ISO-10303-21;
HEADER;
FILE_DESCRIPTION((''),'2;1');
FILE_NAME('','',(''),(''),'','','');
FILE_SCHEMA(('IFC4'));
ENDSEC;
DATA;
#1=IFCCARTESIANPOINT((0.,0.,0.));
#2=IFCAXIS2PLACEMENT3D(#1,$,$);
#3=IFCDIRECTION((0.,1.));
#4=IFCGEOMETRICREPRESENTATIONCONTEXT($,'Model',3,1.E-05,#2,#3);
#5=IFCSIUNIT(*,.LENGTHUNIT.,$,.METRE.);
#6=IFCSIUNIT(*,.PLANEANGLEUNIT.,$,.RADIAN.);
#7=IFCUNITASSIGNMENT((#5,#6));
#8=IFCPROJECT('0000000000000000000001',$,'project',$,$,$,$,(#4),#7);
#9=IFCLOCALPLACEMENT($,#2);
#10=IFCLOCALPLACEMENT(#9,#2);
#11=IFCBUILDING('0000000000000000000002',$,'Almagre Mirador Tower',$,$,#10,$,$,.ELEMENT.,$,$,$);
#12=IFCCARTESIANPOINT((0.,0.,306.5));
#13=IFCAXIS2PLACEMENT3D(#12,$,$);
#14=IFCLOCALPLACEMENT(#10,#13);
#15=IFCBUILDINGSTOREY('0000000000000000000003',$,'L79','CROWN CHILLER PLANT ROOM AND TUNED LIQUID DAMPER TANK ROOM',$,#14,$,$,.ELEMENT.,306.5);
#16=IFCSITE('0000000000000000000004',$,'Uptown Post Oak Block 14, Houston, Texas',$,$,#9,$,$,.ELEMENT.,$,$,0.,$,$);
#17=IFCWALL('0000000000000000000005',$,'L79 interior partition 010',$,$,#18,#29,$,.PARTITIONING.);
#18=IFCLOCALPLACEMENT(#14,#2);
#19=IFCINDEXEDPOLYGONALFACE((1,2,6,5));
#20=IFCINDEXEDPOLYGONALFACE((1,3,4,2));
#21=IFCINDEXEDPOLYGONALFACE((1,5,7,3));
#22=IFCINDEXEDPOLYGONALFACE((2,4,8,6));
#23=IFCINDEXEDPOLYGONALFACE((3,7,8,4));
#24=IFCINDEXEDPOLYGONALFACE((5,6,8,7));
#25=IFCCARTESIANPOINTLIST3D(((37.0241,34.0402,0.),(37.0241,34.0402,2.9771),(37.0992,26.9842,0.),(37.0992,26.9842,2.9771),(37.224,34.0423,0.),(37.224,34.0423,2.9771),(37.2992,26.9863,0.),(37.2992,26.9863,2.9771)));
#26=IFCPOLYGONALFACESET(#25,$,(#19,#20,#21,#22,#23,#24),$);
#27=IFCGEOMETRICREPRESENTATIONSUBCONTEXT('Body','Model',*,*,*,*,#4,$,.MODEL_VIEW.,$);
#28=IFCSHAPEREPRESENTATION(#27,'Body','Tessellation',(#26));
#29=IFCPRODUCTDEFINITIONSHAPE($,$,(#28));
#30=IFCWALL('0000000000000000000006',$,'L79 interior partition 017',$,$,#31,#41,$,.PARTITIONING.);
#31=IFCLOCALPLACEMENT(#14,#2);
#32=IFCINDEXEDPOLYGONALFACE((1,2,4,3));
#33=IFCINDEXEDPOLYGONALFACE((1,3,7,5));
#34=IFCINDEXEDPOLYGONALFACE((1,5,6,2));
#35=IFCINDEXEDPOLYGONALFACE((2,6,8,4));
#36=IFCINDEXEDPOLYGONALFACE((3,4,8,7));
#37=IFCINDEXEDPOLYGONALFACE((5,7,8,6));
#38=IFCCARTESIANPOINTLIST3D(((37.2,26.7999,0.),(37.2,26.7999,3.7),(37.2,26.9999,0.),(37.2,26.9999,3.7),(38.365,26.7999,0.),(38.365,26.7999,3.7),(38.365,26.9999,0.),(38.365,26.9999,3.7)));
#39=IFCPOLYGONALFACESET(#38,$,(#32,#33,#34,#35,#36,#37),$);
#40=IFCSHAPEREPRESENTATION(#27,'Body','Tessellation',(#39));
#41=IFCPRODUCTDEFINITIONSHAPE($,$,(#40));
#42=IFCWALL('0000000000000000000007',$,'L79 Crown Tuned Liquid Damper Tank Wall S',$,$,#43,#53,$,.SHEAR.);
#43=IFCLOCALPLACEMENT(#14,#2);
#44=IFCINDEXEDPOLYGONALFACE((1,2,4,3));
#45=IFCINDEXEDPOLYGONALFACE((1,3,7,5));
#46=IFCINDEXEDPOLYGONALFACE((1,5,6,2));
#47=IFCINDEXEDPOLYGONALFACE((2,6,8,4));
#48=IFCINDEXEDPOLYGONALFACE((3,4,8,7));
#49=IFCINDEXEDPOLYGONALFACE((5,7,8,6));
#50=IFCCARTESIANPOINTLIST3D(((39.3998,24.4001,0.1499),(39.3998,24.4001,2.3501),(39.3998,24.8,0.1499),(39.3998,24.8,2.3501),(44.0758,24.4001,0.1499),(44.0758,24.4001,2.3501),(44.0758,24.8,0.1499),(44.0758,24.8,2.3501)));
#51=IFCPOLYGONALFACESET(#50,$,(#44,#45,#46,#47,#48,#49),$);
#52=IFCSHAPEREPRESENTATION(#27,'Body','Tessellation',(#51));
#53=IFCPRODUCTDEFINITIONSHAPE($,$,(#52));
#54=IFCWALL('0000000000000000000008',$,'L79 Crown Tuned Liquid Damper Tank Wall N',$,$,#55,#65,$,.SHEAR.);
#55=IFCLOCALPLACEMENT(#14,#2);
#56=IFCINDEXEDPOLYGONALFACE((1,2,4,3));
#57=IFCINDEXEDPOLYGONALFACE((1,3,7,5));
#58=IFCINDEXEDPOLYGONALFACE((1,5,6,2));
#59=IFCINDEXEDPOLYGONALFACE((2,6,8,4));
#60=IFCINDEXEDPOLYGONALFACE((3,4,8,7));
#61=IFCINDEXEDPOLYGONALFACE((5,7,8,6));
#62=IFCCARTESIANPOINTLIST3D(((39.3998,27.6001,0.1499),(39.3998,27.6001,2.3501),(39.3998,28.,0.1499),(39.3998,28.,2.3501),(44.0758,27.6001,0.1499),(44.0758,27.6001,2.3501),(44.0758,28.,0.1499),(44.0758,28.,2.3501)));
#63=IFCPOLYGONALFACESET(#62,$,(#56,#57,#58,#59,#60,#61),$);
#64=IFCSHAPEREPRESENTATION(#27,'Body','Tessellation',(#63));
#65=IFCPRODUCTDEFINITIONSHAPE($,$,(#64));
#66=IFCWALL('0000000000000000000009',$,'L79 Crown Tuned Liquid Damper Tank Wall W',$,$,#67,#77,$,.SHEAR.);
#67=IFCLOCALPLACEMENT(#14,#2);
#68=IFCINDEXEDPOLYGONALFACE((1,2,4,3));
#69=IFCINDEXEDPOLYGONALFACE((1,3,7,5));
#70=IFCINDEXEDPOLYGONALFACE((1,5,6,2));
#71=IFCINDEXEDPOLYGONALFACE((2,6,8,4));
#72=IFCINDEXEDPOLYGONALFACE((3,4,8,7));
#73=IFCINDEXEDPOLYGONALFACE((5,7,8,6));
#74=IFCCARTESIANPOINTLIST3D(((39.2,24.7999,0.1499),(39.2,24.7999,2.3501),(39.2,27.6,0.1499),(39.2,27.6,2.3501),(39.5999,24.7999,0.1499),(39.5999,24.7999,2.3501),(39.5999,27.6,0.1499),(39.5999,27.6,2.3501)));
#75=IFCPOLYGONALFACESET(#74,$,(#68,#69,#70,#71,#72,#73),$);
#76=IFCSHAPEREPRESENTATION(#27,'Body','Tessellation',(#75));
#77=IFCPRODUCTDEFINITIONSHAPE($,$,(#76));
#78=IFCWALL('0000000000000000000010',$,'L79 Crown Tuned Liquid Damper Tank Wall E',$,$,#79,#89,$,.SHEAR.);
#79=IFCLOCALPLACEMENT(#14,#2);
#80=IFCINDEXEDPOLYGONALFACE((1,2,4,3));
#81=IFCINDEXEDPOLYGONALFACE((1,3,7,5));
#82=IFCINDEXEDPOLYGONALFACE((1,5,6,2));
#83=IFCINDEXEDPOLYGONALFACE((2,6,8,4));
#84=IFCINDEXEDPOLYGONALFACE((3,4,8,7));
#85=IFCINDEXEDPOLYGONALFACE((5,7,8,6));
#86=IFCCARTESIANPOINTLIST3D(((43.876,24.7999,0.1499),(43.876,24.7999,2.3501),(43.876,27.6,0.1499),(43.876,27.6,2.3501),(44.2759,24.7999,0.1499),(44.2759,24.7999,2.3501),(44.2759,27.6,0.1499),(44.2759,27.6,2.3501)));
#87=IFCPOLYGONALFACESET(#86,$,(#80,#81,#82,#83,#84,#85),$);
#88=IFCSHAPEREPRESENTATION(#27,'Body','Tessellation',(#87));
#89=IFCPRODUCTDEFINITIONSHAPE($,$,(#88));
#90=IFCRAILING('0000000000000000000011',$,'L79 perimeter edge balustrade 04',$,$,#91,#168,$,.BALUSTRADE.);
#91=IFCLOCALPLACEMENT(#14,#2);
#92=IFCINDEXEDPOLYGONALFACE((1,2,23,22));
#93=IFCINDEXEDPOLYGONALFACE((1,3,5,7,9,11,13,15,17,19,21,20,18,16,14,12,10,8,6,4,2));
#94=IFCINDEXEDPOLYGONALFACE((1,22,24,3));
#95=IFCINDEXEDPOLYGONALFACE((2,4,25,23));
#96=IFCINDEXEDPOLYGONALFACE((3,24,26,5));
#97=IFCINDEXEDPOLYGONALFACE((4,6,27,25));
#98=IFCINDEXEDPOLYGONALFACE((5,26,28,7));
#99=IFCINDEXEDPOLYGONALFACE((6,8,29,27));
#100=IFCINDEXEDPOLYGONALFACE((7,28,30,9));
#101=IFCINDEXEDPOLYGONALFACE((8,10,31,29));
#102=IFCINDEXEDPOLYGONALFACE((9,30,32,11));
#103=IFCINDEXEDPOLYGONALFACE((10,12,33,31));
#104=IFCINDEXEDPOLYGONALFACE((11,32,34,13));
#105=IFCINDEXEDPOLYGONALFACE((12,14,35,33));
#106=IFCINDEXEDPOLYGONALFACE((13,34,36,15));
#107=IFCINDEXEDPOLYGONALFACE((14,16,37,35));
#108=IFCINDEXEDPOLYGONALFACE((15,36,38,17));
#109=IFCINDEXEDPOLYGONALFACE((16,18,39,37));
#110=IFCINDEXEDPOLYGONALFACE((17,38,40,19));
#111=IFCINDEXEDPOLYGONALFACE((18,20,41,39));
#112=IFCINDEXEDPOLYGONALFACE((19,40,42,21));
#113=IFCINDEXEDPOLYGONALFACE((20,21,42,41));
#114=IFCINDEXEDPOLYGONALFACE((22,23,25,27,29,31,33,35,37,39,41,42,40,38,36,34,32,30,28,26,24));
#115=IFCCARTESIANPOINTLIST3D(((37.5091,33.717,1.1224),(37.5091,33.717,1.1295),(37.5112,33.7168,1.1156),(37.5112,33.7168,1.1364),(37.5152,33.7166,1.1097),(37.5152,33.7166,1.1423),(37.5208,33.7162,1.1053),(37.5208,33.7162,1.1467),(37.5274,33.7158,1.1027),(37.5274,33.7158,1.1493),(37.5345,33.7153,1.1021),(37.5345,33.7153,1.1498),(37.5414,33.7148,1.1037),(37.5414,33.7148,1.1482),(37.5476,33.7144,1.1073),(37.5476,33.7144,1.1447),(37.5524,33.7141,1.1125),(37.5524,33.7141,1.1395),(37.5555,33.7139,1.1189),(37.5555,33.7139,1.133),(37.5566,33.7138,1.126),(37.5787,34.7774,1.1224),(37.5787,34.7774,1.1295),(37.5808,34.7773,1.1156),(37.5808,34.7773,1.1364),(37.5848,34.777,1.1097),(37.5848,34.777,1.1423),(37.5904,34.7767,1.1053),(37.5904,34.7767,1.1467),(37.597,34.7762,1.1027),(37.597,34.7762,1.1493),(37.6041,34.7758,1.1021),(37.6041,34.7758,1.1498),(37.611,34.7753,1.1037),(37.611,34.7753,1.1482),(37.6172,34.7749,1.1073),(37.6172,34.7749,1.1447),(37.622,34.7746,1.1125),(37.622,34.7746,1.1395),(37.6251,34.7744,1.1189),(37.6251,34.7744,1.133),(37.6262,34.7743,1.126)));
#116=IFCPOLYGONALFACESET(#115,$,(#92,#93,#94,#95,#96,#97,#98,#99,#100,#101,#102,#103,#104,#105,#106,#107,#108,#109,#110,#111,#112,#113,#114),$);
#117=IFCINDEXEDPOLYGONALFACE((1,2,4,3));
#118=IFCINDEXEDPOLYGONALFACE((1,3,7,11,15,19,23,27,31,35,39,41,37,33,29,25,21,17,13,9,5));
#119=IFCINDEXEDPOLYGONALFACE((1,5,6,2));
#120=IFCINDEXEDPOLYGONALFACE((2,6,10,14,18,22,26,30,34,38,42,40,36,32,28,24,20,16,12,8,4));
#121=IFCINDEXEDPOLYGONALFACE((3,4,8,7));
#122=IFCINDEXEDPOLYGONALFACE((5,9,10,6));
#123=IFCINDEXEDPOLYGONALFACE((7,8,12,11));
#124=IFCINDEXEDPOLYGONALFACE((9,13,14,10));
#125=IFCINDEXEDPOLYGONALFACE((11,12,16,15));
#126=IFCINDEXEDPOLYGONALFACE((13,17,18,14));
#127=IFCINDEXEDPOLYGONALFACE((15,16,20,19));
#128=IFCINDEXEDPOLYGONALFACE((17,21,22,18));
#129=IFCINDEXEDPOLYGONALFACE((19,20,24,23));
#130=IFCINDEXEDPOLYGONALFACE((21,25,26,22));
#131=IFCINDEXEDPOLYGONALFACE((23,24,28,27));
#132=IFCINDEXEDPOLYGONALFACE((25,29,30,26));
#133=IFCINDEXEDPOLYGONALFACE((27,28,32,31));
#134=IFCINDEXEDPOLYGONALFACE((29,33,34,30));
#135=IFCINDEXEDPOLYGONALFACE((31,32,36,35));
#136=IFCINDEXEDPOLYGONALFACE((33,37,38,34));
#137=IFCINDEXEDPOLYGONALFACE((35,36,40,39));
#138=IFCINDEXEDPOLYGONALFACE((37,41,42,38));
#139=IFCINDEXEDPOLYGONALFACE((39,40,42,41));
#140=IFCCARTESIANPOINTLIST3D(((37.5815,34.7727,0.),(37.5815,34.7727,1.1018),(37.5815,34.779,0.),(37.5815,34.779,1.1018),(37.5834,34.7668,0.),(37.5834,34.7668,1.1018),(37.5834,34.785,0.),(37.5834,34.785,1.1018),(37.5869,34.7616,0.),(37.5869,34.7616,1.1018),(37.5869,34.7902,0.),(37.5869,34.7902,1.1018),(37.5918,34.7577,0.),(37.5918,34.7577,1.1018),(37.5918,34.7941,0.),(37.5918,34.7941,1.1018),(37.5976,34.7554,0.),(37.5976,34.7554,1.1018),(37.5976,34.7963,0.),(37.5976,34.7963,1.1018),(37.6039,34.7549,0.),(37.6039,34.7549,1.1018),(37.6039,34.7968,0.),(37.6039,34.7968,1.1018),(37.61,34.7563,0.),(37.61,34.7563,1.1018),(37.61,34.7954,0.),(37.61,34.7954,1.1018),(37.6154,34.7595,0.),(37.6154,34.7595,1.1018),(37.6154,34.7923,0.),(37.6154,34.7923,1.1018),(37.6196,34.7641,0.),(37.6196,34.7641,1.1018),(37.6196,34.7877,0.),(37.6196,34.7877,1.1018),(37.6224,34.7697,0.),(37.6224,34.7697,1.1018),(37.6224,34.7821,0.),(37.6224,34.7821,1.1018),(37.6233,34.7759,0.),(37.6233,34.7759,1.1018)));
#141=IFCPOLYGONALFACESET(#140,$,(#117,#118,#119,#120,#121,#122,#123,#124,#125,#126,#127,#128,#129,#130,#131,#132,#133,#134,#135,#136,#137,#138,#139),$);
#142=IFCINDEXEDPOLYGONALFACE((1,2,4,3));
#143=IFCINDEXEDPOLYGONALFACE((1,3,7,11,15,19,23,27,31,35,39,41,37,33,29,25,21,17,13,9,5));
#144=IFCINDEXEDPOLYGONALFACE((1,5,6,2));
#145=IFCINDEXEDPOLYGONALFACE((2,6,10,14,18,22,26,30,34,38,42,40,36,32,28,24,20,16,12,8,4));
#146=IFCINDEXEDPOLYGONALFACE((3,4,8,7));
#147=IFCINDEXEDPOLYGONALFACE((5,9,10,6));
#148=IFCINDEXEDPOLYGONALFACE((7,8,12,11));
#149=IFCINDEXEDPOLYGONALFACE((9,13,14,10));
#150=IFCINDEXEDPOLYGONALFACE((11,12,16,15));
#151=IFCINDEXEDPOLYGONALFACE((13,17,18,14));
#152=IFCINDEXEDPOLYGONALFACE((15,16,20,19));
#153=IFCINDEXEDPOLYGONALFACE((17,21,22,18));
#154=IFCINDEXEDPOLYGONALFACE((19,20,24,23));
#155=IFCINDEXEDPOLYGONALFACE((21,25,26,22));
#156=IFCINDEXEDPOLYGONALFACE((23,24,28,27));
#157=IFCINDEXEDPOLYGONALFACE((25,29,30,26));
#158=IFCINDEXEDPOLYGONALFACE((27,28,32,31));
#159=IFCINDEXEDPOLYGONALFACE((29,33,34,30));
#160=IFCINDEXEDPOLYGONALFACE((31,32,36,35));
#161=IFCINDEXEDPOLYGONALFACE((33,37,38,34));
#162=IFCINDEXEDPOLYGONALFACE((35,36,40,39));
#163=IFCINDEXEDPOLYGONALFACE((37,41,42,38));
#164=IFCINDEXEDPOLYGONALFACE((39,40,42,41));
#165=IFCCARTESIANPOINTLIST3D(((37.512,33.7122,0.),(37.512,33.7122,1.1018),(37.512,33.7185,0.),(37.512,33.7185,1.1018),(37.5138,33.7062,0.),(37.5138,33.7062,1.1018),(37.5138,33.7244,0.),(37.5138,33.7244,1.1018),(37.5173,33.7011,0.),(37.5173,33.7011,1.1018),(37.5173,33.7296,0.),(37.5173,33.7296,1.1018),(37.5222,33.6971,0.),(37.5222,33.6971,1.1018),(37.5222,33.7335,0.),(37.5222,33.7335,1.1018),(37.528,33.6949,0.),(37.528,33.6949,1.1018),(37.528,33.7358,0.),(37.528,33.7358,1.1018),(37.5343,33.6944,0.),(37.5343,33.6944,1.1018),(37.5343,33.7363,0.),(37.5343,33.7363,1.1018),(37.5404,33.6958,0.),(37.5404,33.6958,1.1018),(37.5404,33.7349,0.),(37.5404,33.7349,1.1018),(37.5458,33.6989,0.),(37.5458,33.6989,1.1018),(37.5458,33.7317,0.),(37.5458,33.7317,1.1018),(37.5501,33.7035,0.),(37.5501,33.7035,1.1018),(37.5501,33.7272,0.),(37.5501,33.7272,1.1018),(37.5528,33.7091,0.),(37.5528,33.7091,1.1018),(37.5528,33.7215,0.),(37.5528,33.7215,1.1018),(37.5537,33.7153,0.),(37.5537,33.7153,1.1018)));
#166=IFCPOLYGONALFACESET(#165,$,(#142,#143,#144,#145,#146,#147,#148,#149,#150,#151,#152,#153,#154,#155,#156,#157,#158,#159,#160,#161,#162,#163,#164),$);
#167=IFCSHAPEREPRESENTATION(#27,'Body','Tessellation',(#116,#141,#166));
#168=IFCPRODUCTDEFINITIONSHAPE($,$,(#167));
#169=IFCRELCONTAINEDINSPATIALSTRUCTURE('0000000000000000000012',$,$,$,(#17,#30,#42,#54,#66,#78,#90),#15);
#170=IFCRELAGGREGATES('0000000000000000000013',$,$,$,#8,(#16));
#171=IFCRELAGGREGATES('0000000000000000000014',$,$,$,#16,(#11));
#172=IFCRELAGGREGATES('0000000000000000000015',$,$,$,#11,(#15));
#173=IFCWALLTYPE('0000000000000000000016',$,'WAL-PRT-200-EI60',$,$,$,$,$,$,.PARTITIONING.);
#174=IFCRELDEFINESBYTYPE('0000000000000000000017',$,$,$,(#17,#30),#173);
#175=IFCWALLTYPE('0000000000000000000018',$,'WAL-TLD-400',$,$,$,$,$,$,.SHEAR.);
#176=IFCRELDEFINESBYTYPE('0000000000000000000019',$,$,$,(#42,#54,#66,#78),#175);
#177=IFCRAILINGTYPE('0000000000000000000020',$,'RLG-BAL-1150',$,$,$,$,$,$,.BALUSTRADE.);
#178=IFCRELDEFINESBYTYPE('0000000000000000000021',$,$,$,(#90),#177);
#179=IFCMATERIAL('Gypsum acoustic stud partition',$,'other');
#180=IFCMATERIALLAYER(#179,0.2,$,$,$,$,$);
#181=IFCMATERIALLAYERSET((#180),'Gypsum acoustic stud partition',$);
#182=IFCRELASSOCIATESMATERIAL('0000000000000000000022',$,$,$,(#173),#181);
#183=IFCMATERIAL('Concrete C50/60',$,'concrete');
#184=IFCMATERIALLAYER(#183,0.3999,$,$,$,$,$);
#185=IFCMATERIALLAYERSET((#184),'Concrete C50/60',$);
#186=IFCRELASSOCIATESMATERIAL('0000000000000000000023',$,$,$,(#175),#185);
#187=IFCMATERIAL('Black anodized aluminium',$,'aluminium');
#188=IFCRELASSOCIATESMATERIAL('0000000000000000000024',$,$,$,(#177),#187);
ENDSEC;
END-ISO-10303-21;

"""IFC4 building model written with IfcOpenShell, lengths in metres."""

from ifc_helpers import new_model, si_unit, direction, frame, frame_2d, origin, origin_2d, place, context, subcontext, project, spatial, rectangle, circle, extrude, material, layer, layer_set, type_object, element, save


model = new_model("IFC4")

# Units and contexts
model_context = context("Model", 3, precision=1e-05, world=origin(), true_north=direction((0.0, 1.0)))
body_context = subcontext(model_context, "Body", "Model", "MODEL_VIEW")
ifc_project = project(units=[si_unit("LENGTHUNIT", "METRE"), si_unit("PLANEANGLEUNIT", "RADIAN")], contexts=[model_context])

# Site, building, storey
site_placement = place(None, origin())
site = spatial("IfcSite", under=ifc_project, at=site_placement, Name="Uptown Post Oak Block 14, Houston, Texas", CompositionType="ELEMENT", RefElevation=0.0)
building_placement = place(site_placement, origin())
building = spatial("IfcBuilding", under=site, at=building_placement, Name="Almagre Mirador Tower", CompositionType="ELEMENT")
storey_placement = place(building_placement, frame((0.0, 0.0, 306.5)))
storey = spatial("IfcBuildingStorey", under=building, at=storey_placement, Name="L79", Description="CROWN CHILLER PLANT ROOM AND TUNED LIQUID DAMPER TANK ROOM", CompositionType="ELEMENT", Elevation=306.5)

# Shared definitions
ifc_material_1 = material(Name="Gypsum acoustic stud partition", Category="other")
ifc_layer_1 = layer(ifc_material_1, 0.2)
ifc_layer_set_1 = layer_set([ifc_layer_1], Name="Gypsum acoustic stud partition")
wall_type_1 = type_object("IfcWallType", Name="WAL-PRT-200-EI60", PredefinedType="PARTITIONING", material=ifc_layer_set_1)

# Walls
wall_1_placement = place(storey_placement, frame((37.1992, 26.9851, 0.0), z_axis=(0.0, 0.0, 1.0), x_axis=(-0.010656, 0.999943, 0.0)))
element("IfcWall", 1, at=wall_1_placement, inside=storey, type_object=wall_type_1, Name="L79 interior partition 010", PredefinedType="PARTITIONING", context=body_context, shape_type="SweptSolid", body=[
    extrude(rectangle(XDim=7.0564, YDim=0.2, at=frame_2d((3.5283, 0.0))), origin(), (0.0, 0.0, 1.0), 2.9771),
])
wall_2_placement = place(storey_placement, frame((38.365, 26.8999, 0.0), z_axis=(0.0, 0.0, 1.0), x_axis=(-1.0, 0.0, 0.0)))
element("IfcWall", 2, at=wall_2_placement, inside=storey, type_object=wall_type_1, Name="L79 interior partition 017", PredefinedType="PARTITIONING", context=body_context, shape_type="SweptSolid", body=[
    extrude(rectangle(XDim=1.165, YDim=0.2, at=frame_2d((0.5825, 0.0))), origin(), (0.0, 0.0, 1.0), 3.7),
])
ifc_material_2 = material(Name="Concrete C50/60", Category="concrete")
ifc_layer_2 = layer(ifc_material_2, 0.3999)
ifc_layer_set_2 = layer_set([ifc_layer_2], Name="Concrete C50/60")
wall_type_2 = type_object("IfcWallType", Name="WAL-TLD-400", PredefinedType="SHEAR", material=ifc_layer_set_2)
for number, where, z_axis, x_axis, name in (
    (3, (39.3999, 24.6001, 0.1499), (0.0, 0.0, 1.0), (1.0, 0.0, 0.0), "L79 Crown Tuned Liquid Damper Tank Wall S"),
    (4, (39.3999, 27.8, 0.1499), (0.0, 0.0, 1.0), (1.0, 0.0, 0.0), "L79 Crown Tuned Liquid Damper Tank Wall N"),
):
    element("IfcWall", number, at=place(storey_placement, frame(where, z_axis=z_axis, x_axis=x_axis)), inside=storey, type_object=wall_type_2, Name=name, PredefinedType="SHEAR", context=body_context, shape_type="SweptSolid", body=[
        extrude(rectangle(XDim=4.676, YDim=0.3999, at=frame_2d((2.3379, 0.0))), origin(), (0.0, 0.0, 1.0), 2.2002),
    ])
for number, where, z_axis, x_axis, name in (
    (5, (39.3999, 24.8, 0.1499), (0.0, 0.0, 1.0), (0.0, 1.0, 0.0), "L79 Crown Tuned Liquid Damper Tank Wall W"),
    (6, (44.0759, 24.8, 0.1499), (0.0, 0.0, 1.0), (0.0, 1.0, 0.0), "L79 Crown Tuned Liquid Damper Tank Wall E"),
):
    element("IfcWall", number, at=place(storey_placement, frame(where, z_axis=z_axis, x_axis=x_axis)), inside=storey, type_object=wall_type_2, Name=name, PredefinedType="SHEAR", context=body_context, shape_type="SweptSolid", body=[
        extrude(rectangle(XDim=2.8, YDim=0.3999, at=frame_2d((1.3999, 0.0))), origin(), (0.0, 0.0, 1.0), 2.2002),
    ])

# Railing
ifc_material_3 = material(Name="Black anodized aluminium", Category="aluminium")
railing_type = type_object("IfcRailingType", Name="RLG-BAL-1150", PredefinedType="BALUSTRADE", material=ifc_material_3)
railing_1_placement = place(storey_placement, frame((37.6023, 34.7759, 0.0)))
element("IfcRailing", 7, at=railing_1_placement, inside=storey, type_object=railing_type, Name="L79 perimeter edge balustrade 04", PredefinedType="BALUSTRADE", context=body_context, shape_type="SweptSolid", body=[
    extrude(circle(Radius=0.0239, at=origin_2d()), frame((0.0, 0.0, 1.126), z_axis=(-0.065467, -0.997855, 0.0), x_axis=(0.997855, -0.065467, 0.0)), (0.0, 0.0, 1.0), 1.0627),
    extrude(circle(Radius=0.021, at=origin_2d()), origin(), (0.0, 0.0, 1.0), 1.1018),
    extrude(circle(Radius=0.021, at=origin_2d()), frame((-0.0696, -1.0605, 0.0)), (0.0, 0.0, 1.0), 1.1018),
])

save(model, "model.ifc")
